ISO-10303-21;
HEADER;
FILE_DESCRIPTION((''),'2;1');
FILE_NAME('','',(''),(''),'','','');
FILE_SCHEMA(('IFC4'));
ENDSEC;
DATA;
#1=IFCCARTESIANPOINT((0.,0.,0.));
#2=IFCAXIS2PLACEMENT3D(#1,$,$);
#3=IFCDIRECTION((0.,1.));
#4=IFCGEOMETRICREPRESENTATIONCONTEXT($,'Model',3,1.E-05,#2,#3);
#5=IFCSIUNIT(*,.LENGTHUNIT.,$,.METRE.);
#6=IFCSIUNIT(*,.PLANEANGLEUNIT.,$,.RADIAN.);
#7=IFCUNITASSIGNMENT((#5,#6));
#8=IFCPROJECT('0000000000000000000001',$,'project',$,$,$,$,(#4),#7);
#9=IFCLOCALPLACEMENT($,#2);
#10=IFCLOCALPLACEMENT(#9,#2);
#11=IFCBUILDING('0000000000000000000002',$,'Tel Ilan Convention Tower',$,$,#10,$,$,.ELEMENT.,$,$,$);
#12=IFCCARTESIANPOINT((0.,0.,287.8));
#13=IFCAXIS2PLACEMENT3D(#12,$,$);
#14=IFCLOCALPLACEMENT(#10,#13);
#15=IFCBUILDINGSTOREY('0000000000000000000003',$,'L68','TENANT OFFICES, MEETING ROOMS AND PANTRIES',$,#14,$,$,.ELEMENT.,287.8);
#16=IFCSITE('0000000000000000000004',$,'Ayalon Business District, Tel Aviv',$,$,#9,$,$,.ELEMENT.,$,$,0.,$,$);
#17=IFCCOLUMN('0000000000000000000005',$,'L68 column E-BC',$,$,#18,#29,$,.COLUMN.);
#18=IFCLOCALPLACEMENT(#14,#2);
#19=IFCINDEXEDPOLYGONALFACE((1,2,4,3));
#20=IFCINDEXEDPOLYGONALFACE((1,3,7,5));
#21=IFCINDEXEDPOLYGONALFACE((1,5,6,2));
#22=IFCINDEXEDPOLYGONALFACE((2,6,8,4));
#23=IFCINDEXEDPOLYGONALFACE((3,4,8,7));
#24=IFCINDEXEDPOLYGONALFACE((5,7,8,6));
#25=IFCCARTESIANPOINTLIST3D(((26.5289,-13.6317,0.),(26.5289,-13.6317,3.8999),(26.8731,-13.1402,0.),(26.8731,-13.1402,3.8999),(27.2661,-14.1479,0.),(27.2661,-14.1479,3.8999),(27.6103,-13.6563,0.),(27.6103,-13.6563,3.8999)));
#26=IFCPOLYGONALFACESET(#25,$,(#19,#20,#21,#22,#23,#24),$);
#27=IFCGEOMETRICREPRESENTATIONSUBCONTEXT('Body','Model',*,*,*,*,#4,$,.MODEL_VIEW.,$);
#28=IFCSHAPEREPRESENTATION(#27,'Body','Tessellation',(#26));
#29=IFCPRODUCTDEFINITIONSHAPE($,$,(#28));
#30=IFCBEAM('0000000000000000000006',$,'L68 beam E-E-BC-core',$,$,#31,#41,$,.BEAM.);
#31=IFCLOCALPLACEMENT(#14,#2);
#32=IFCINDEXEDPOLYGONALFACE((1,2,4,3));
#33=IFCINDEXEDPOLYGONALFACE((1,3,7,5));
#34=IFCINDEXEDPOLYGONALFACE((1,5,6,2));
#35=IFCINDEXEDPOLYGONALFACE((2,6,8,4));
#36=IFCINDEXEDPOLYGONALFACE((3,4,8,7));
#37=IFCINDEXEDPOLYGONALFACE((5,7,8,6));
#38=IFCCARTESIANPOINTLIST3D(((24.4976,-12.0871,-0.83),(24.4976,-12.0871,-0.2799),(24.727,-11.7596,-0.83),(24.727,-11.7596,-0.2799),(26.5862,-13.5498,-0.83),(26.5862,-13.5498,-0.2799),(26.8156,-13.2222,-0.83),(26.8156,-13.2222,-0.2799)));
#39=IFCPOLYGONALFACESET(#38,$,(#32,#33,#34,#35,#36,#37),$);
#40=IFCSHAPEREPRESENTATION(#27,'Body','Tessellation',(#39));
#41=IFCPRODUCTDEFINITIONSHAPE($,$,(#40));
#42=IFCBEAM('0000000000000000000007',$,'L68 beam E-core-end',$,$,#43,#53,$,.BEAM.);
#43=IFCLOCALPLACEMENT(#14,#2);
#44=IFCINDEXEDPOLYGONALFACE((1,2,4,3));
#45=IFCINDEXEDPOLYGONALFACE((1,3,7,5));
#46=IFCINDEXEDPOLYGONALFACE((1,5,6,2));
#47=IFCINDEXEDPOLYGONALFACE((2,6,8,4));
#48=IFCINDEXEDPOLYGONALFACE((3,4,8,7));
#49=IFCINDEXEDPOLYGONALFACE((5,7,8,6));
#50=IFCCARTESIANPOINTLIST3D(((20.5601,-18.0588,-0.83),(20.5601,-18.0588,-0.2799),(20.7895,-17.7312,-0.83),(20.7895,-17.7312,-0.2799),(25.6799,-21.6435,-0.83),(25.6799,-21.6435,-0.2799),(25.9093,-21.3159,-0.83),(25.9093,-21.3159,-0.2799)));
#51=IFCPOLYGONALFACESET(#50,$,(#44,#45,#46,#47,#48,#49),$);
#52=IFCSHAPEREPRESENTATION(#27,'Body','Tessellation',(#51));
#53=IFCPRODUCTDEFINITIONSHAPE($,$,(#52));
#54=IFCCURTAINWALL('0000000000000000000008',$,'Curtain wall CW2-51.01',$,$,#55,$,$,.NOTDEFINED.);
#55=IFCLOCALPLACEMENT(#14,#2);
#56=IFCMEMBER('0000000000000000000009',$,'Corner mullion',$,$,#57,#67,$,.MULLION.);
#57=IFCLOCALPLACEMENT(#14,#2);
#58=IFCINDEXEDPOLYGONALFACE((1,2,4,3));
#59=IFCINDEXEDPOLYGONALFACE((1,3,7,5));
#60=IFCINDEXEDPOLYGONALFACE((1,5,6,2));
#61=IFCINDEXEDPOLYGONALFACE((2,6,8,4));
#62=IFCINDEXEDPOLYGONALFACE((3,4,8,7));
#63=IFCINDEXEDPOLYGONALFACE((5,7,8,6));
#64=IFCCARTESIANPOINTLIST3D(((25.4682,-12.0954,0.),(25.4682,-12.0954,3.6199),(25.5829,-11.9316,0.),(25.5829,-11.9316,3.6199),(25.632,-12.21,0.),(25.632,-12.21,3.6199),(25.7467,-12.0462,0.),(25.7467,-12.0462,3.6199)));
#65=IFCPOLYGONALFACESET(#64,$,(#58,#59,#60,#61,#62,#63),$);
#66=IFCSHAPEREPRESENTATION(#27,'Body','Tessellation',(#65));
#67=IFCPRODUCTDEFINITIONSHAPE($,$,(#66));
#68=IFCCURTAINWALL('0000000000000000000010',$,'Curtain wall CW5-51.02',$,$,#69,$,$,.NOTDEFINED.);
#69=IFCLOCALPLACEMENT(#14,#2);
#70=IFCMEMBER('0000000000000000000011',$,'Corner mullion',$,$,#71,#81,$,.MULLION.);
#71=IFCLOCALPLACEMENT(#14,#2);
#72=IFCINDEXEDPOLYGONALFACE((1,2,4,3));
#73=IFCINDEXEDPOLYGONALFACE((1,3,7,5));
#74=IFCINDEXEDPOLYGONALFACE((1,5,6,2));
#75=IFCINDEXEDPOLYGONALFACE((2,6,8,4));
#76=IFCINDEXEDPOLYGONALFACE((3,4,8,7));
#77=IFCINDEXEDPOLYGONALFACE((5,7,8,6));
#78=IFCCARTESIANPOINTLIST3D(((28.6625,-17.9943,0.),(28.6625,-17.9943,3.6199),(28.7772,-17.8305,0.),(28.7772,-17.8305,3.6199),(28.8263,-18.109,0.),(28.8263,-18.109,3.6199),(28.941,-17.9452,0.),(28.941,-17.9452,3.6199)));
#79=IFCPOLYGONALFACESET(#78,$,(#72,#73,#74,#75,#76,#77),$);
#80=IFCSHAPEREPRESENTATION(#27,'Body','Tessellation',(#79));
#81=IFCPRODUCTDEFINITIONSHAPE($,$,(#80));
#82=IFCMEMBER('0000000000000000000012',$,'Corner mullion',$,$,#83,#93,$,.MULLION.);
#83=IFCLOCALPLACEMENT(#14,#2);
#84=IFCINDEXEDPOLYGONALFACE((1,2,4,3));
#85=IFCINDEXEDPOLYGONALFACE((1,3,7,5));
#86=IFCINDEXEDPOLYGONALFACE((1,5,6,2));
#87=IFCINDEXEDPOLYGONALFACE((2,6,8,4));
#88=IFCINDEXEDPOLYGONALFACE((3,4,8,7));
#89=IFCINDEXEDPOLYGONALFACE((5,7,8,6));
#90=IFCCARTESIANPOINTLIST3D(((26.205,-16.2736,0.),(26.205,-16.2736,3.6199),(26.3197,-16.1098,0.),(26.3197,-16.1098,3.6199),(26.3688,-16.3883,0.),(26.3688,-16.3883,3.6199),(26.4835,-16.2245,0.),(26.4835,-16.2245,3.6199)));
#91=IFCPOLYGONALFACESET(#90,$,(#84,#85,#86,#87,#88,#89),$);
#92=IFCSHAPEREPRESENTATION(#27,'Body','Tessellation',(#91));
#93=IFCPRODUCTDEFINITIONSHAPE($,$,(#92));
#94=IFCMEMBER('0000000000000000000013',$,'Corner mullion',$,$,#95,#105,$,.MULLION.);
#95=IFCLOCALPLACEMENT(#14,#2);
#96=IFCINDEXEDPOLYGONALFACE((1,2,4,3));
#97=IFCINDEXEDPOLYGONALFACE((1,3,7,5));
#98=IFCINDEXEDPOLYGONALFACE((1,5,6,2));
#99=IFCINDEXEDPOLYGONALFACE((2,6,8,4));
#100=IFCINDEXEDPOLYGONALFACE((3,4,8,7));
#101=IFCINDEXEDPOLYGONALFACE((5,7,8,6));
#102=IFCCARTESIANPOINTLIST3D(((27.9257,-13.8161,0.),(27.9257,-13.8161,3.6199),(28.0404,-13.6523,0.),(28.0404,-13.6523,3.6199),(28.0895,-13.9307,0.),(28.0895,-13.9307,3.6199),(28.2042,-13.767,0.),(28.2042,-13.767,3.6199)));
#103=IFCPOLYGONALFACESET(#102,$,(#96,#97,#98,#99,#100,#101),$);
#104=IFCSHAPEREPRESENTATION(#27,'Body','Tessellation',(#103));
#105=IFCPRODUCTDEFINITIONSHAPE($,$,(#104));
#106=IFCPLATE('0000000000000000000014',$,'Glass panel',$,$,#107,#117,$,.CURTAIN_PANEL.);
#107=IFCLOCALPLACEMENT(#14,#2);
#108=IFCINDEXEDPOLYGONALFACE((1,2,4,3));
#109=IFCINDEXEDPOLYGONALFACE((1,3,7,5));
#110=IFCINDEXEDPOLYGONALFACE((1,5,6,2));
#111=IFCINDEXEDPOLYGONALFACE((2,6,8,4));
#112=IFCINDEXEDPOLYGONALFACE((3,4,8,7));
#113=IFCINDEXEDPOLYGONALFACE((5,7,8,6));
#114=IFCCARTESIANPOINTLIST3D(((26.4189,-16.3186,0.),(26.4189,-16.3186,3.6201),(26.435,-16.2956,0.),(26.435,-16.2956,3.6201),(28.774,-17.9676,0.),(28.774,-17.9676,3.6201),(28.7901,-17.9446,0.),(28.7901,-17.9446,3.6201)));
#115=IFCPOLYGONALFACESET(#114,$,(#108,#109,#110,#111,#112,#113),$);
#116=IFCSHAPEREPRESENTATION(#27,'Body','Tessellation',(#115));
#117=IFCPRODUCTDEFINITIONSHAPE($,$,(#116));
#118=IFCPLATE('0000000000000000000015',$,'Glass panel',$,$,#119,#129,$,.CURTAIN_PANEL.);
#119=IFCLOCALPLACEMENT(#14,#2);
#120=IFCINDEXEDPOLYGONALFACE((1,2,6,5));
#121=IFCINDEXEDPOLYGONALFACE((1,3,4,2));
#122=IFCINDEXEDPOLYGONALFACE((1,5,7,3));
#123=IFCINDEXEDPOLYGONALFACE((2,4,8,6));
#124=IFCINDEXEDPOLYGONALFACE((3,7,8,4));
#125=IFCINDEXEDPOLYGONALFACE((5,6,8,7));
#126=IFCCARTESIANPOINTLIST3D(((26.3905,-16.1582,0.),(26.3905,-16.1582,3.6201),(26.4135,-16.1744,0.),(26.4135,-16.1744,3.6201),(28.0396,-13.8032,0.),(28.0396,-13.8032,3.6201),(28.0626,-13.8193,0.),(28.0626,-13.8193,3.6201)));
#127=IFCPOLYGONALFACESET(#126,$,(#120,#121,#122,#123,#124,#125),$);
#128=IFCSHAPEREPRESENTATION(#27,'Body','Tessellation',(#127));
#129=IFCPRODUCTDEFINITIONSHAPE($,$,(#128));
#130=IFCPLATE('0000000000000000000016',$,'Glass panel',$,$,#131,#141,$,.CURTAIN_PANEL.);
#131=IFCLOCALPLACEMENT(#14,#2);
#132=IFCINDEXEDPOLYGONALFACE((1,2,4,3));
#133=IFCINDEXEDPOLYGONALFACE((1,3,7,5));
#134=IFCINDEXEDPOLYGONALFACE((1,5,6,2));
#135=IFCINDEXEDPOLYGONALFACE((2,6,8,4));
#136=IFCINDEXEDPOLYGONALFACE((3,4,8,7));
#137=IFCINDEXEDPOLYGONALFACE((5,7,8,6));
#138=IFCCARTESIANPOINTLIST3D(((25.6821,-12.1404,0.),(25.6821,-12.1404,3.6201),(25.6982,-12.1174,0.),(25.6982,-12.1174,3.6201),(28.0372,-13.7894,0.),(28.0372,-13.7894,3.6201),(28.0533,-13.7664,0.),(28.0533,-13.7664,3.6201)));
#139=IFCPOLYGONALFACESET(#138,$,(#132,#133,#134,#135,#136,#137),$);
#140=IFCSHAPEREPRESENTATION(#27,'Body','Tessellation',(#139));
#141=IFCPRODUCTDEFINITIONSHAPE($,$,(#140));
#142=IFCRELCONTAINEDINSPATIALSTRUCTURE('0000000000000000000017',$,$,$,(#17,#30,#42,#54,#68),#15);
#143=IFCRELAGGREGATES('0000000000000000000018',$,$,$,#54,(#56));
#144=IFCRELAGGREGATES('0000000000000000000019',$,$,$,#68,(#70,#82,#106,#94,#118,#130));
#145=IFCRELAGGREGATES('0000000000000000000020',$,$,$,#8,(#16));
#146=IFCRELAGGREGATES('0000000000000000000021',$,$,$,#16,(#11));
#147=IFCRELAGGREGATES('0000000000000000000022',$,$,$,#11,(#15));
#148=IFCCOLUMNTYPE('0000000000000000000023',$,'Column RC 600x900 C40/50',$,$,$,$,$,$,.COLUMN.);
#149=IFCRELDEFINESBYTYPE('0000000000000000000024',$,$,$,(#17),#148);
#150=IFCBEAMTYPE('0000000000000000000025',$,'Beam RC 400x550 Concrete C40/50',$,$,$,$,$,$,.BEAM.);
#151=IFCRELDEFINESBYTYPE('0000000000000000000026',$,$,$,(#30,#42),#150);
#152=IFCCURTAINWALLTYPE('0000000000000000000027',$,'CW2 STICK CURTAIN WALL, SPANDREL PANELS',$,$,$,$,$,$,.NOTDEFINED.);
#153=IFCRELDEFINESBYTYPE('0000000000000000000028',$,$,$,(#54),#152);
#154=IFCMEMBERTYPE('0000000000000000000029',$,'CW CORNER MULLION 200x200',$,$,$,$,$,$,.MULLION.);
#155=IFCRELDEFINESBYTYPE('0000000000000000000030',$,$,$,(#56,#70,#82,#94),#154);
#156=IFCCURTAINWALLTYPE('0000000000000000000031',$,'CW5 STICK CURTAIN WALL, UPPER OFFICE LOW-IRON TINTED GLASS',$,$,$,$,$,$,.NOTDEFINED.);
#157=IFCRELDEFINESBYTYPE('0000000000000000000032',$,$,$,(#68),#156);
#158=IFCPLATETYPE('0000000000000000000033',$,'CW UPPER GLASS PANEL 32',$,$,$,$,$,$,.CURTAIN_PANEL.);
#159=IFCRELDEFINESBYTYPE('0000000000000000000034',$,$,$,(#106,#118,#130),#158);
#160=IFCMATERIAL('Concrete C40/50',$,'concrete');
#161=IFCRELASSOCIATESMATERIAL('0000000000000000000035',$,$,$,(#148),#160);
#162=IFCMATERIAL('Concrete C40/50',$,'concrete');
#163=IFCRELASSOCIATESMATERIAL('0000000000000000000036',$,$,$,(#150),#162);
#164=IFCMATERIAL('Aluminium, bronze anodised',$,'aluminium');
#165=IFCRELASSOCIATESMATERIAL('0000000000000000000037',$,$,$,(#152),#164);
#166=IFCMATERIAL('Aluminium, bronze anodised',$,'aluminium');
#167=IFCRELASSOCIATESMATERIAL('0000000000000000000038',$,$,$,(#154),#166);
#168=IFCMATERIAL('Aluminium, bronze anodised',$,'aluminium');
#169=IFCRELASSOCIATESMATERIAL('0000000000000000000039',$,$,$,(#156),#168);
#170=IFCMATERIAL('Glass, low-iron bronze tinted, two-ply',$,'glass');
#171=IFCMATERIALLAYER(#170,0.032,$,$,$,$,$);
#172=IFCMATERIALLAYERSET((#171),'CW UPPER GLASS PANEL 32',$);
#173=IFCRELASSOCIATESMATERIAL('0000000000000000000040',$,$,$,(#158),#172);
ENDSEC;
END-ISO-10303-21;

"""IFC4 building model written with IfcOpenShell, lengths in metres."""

from ifc_helpers import new_model, si_unit, direction, frame, origin, origin_2d, place, context, subcontext, project, spatial, rectangle, extrude, material, layer, layer_set, material_profile, profile_set, type_object, element, aggregate, save


model = new_model("IFC4")

# Units and contexts
model_context = context("Model", 3, precision=1e-05, world=origin(), true_north=direction((0.0, 1.0)))
body_context = subcontext(model_context, "Body", "Model", "MODEL_VIEW")
ifc_project = project(units=[si_unit("LENGTHUNIT", "METRE"), si_unit("PLANEANGLEUNIT", "RADIAN")], contexts=[model_context])

# Site, building, storey
site_placement = place(None, origin())
site = spatial("IfcSite", under=ifc_project, at=site_placement, Name="Ayalon Business District, Tel Aviv", CompositionType="ELEMENT", RefElevation=0.0)
building_placement = place(site_placement, origin())
building = spatial("IfcBuilding", under=site, at=building_placement, Name="Tel Ilan Convention Tower", CompositionType="ELEMENT")
storey_placement = place(building_placement, frame((0.0, 0.0, 287.8)))
storey = spatial("IfcBuildingStorey", under=building, at=storey_placement, Name="L68", Description="TENANT OFFICES, MEETING ROOMS AND PANTRIES", CompositionType="ELEMENT", Elevation=287.8)

# Column
ifc_material_1 = material(Name="Concrete C40/50", Category="concrete")
ifc_material_profile_1 = material_profile(ifc_material_1, rectangle(XDim=0.8999, YDim=0.6001, at=origin_2d()), Name="RC 600x900")
ifc_profile_set_1 = profile_set([ifc_material_profile_1], Name="Concrete C40/50")
column_type = type_object("IfcColumnType", Name="Column RC 600x900 C40/50", PredefinedType="COLUMN", material=ifc_profile_set_1)
column_placement = place(storey_placement, frame((27.0696, -13.644, 0.0), z_axis=(0.0, 0.0, 1.0), x_axis=(0.819152, -0.573576, 0.0)))
element("IfcColumn", 1, at=column_placement, inside=storey, type_object=column_type, Name="L68 column E-BC", PredefinedType="COLUMN", context=body_context, shape_type="SweptSolid", body=[
    extrude(rectangle(XDim=0.8999, YDim=0.6001, at=origin_2d()), origin(), (0.0, 0.0, 1.0), 3.8999),
])

# Beams
ifc_material_2 = material(Name="Concrete C40/50", Category="concrete")
ifc_material_profile_2 = material_profile(ifc_material_2, rectangle(XDim=0.3999, YDim=0.55, at=origin_2d()), Name="RC 400x550")
ifc_profile_set_2 = profile_set([ifc_material_profile_2], Name="Concrete C40/50")
beam_type = type_object("IfcBeamType", Name="Beam RC 400x550 Concrete C40/50", PredefinedType="BEAM", material=ifc_profile_set_2)
beam_1_placement = place(storey_placement, frame((26.7009, -13.386, -0.5549), z_axis=(-0.819119, 0.573623, 0.0), x_axis=(-0.573623, -0.819119, 0.0)))
element("IfcBeam", 2, at=beam_1_placement, inside=storey, type_object=beam_type, Name="L68 beam E-E-BC-core", PredefinedType="BEAM", context=body_context, shape_type="SweptSolid", body=[
    extrude(rectangle(XDim=0.3999, YDim=0.55, at=origin_2d()), origin(), (0.0, 0.0, 1.0), 2.5498),
])
beam_2_placement = place(storey_placement, frame((20.6748, -17.895, -0.5549), z_axis=(0.819171, -0.573549, 0.0), x_axis=(0.573549, 0.819171, 0.0)))
element("IfcBeam", 3, at=beam_2_placement, inside=storey, type_object=beam_type, Name="L68 beam E-core-end", PredefinedType="BEAM", context=body_context, shape_type="SweptSolid", body=[
    extrude(rectangle(XDim=0.3999, YDim=0.55, at=origin_2d()), origin(), (0.0, 0.0, 1.0), 6.25),
])

# Curtain wall, member
ifc_material_3 = material(Name="Aluminium, bronze anodised", Category="aluminium")
curtain_wall_type_1 = type_object("IfcCurtainWallType", Name="CW2 STICK CURTAIN WALL, SPANDREL PANELS", PredefinedType="NOTDEFINED", material=ifc_material_3)
curtain_wall_1_placement = place(storey_placement, origin())
curtain_wall_1 = element("IfcCurtainWall", 4, at=curtain_wall_1_placement, inside=storey, type_object=curtain_wall_type_1, Name="Curtain wall CW2-51.01", PredefinedType="NOTDEFINED")
ifc_material_4 = material(Name="Aluminium, bronze anodised", Category="aluminium")
ifc_material_profile_3 = material_profile(ifc_material_4, rectangle(XDim=0.2, YDim=0.2, at=origin_2d()), Name="CW CORNER MULLION 200x200")
ifc_profile_set_3 = profile_set([ifc_material_profile_3], Name="Aluminium, bronze anodised")
member_type = type_object("IfcMemberType", Name="CW CORNER MULLION 200x200", PredefinedType="MULLION", material=ifc_profile_set_3)
member_1_placement = place(storey_placement, frame((25.6074, -12.0708, 0.0), z_axis=(0.0, 0.0, 1.0), x_axis=(-0.819152, 0.573576, 0.0)))
member_1 = element("IfcMember", 5, at=member_1_placement, type_object=member_type, Name="Corner mullion", PredefinedType="MULLION", context=body_context, shape_type="SweptSolid", body=[
    extrude(rectangle(XDim=0.2, YDim=0.2, at=origin_2d()), origin(), (0.0, 0.0, 1.0), 3.6199),
])
aggregate(curtain_wall_1, [member_1])

# Curtain wall, members, plates
ifc_material_5 = material(Name="Aluminium, bronze anodised", Category="aluminium")
curtain_wall_type_2 = type_object("IfcCurtainWallType", Name="CW5 STICK CURTAIN WALL, UPPER OFFICE LOW-IRON TINTED GLASS", PredefinedType="NOTDEFINED", material=ifc_material_5)
curtain_wall_2_placement = place(storey_placement, origin())
curtain_wall_2 = element("IfcCurtainWall", 6, at=curtain_wall_2_placement, inside=storey, type_object=curtain_wall_type_2, Name="Curtain wall CW5-51.02", PredefinedType="NOTDEFINED")
member_2_placement = place(storey_placement, frame((28.8018, -17.9697, 0.0), z_axis=(0.0, 0.0, 1.0), x_axis=(0.573576, 0.819152, 0.0)))
member_2 = element("IfcMember", 7, at=member_2_placement, type_object=member_type, Name="Corner mullion", PredefinedType="MULLION", context=body_context, shape_type="SweptSolid", body=[
    extrude(rectangle(XDim=0.2, YDim=0.2, at=origin_2d()), origin(), (0.0, 0.0, 1.0), 3.6199),
])
member_3_placement = place(storey_placement, frame((26.3442, -16.249, 0.0), z_axis=(0.0, 0.0, 1.0), x_axis=(-0.819152, 0.573576, 0.0)))
member_3 = element("IfcMember", 8, at=member_3_placement, type_object=member_type, Name="Corner mullion", PredefinedType="MULLION", context=body_context, shape_type="SweptSolid", body=[
    extrude(rectangle(XDim=0.2, YDim=0.2, at=origin_2d()), origin(), (0.0, 0.0, 1.0), 3.6199),
])
member_4_placement = place(storey_placement, frame((28.0649, -13.7915, 0.0), z_axis=(0.0, 0.0, 1.0), x_axis=(0.573576, 0.819152, 0.0)))
member_4 = element("IfcMember", 9, at=member_4_placement, type_object=member_type, Name="Corner mullion", PredefinedType="MULLION", context=body_context, shape_type="SweptSolid", body=[
    extrude(rectangle(XDim=0.2, YDim=0.2, at=origin_2d()), origin(), (0.0, 0.0, 1.0), 3.6199),
])
ifc_material_6 = material(Name="Glass, low-iron bronze tinted, two-ply", Category="glass")
ifc_layer_1 = layer(ifc_material_6, 0.032)
ifc_layer_set_1 = layer_set([ifc_layer_1], Name="CW UPPER GLASS PANEL 32")
plate_type = type_object("IfcPlateType", Name="CW UPPER GLASS PANEL 32", PredefinedType="CURTAIN_PANEL", material=ifc_layer_set_1)
plate_1_placement = place(storey_placement, frame((27.6045, -17.1316, 0.0), z_axis=(0.0, 0.0, 1.0), x_axis=(-0.819152, 0.573576, 0.0)))
plate_1 = element("IfcPlate", 10, at=plate_1_placement, type_object=plate_type, Name="Glass panel", PredefinedType="CURTAIN_PANEL", context=body_context, shape_type="SweptSolid", body=[
    extrude(rectangle(XDim=2.875, YDim=0.0281, at=origin_2d()), origin(), (0.0, 0.0, 1.0), 3.6201),
])
plate_2_placement = place(storey_placement, frame((27.2266, -14.9888, 0.0), z_axis=(0.0, 0.0, 1.0), x_axis=(0.573576, 0.819152, 0.0)))
plate_2 = element("IfcPlate", 11, at=plate_2_placement, type_object=plate_type, Name="Glass panel", PredefinedType="CURTAIN_PANEL", context=body_context, shape_type="SweptSolid", body=[
    extrude(rectangle(XDim=2.875, YDim=0.0281, at=origin_2d()), origin(), (0.0, 0.0, 1.0), 3.6201),
])
plate_3_placement = place(storey_placement, frame((26.8677, -12.9534, 0.0), z_axis=(0.0, 0.0, 1.0), x_axis=(-0.819152, 0.573576, 0.0)))
plate_3 = element("IfcPlate", 12, at=plate_3_placement, type_object=plate_type, Name="Glass panel", PredefinedType="CURTAIN_PANEL", context=body_context, shape_type="SweptSolid", body=[
    extrude(rectangle(XDim=2.875, YDim=0.0281, at=origin_2d()), origin(), (0.0, 0.0, 1.0), 3.6201),
])
aggregate(curtain_wall_2, [member_2, member_3, plate_1, member_4, plate_2, plate_3])

save(model, "model.ifc")
